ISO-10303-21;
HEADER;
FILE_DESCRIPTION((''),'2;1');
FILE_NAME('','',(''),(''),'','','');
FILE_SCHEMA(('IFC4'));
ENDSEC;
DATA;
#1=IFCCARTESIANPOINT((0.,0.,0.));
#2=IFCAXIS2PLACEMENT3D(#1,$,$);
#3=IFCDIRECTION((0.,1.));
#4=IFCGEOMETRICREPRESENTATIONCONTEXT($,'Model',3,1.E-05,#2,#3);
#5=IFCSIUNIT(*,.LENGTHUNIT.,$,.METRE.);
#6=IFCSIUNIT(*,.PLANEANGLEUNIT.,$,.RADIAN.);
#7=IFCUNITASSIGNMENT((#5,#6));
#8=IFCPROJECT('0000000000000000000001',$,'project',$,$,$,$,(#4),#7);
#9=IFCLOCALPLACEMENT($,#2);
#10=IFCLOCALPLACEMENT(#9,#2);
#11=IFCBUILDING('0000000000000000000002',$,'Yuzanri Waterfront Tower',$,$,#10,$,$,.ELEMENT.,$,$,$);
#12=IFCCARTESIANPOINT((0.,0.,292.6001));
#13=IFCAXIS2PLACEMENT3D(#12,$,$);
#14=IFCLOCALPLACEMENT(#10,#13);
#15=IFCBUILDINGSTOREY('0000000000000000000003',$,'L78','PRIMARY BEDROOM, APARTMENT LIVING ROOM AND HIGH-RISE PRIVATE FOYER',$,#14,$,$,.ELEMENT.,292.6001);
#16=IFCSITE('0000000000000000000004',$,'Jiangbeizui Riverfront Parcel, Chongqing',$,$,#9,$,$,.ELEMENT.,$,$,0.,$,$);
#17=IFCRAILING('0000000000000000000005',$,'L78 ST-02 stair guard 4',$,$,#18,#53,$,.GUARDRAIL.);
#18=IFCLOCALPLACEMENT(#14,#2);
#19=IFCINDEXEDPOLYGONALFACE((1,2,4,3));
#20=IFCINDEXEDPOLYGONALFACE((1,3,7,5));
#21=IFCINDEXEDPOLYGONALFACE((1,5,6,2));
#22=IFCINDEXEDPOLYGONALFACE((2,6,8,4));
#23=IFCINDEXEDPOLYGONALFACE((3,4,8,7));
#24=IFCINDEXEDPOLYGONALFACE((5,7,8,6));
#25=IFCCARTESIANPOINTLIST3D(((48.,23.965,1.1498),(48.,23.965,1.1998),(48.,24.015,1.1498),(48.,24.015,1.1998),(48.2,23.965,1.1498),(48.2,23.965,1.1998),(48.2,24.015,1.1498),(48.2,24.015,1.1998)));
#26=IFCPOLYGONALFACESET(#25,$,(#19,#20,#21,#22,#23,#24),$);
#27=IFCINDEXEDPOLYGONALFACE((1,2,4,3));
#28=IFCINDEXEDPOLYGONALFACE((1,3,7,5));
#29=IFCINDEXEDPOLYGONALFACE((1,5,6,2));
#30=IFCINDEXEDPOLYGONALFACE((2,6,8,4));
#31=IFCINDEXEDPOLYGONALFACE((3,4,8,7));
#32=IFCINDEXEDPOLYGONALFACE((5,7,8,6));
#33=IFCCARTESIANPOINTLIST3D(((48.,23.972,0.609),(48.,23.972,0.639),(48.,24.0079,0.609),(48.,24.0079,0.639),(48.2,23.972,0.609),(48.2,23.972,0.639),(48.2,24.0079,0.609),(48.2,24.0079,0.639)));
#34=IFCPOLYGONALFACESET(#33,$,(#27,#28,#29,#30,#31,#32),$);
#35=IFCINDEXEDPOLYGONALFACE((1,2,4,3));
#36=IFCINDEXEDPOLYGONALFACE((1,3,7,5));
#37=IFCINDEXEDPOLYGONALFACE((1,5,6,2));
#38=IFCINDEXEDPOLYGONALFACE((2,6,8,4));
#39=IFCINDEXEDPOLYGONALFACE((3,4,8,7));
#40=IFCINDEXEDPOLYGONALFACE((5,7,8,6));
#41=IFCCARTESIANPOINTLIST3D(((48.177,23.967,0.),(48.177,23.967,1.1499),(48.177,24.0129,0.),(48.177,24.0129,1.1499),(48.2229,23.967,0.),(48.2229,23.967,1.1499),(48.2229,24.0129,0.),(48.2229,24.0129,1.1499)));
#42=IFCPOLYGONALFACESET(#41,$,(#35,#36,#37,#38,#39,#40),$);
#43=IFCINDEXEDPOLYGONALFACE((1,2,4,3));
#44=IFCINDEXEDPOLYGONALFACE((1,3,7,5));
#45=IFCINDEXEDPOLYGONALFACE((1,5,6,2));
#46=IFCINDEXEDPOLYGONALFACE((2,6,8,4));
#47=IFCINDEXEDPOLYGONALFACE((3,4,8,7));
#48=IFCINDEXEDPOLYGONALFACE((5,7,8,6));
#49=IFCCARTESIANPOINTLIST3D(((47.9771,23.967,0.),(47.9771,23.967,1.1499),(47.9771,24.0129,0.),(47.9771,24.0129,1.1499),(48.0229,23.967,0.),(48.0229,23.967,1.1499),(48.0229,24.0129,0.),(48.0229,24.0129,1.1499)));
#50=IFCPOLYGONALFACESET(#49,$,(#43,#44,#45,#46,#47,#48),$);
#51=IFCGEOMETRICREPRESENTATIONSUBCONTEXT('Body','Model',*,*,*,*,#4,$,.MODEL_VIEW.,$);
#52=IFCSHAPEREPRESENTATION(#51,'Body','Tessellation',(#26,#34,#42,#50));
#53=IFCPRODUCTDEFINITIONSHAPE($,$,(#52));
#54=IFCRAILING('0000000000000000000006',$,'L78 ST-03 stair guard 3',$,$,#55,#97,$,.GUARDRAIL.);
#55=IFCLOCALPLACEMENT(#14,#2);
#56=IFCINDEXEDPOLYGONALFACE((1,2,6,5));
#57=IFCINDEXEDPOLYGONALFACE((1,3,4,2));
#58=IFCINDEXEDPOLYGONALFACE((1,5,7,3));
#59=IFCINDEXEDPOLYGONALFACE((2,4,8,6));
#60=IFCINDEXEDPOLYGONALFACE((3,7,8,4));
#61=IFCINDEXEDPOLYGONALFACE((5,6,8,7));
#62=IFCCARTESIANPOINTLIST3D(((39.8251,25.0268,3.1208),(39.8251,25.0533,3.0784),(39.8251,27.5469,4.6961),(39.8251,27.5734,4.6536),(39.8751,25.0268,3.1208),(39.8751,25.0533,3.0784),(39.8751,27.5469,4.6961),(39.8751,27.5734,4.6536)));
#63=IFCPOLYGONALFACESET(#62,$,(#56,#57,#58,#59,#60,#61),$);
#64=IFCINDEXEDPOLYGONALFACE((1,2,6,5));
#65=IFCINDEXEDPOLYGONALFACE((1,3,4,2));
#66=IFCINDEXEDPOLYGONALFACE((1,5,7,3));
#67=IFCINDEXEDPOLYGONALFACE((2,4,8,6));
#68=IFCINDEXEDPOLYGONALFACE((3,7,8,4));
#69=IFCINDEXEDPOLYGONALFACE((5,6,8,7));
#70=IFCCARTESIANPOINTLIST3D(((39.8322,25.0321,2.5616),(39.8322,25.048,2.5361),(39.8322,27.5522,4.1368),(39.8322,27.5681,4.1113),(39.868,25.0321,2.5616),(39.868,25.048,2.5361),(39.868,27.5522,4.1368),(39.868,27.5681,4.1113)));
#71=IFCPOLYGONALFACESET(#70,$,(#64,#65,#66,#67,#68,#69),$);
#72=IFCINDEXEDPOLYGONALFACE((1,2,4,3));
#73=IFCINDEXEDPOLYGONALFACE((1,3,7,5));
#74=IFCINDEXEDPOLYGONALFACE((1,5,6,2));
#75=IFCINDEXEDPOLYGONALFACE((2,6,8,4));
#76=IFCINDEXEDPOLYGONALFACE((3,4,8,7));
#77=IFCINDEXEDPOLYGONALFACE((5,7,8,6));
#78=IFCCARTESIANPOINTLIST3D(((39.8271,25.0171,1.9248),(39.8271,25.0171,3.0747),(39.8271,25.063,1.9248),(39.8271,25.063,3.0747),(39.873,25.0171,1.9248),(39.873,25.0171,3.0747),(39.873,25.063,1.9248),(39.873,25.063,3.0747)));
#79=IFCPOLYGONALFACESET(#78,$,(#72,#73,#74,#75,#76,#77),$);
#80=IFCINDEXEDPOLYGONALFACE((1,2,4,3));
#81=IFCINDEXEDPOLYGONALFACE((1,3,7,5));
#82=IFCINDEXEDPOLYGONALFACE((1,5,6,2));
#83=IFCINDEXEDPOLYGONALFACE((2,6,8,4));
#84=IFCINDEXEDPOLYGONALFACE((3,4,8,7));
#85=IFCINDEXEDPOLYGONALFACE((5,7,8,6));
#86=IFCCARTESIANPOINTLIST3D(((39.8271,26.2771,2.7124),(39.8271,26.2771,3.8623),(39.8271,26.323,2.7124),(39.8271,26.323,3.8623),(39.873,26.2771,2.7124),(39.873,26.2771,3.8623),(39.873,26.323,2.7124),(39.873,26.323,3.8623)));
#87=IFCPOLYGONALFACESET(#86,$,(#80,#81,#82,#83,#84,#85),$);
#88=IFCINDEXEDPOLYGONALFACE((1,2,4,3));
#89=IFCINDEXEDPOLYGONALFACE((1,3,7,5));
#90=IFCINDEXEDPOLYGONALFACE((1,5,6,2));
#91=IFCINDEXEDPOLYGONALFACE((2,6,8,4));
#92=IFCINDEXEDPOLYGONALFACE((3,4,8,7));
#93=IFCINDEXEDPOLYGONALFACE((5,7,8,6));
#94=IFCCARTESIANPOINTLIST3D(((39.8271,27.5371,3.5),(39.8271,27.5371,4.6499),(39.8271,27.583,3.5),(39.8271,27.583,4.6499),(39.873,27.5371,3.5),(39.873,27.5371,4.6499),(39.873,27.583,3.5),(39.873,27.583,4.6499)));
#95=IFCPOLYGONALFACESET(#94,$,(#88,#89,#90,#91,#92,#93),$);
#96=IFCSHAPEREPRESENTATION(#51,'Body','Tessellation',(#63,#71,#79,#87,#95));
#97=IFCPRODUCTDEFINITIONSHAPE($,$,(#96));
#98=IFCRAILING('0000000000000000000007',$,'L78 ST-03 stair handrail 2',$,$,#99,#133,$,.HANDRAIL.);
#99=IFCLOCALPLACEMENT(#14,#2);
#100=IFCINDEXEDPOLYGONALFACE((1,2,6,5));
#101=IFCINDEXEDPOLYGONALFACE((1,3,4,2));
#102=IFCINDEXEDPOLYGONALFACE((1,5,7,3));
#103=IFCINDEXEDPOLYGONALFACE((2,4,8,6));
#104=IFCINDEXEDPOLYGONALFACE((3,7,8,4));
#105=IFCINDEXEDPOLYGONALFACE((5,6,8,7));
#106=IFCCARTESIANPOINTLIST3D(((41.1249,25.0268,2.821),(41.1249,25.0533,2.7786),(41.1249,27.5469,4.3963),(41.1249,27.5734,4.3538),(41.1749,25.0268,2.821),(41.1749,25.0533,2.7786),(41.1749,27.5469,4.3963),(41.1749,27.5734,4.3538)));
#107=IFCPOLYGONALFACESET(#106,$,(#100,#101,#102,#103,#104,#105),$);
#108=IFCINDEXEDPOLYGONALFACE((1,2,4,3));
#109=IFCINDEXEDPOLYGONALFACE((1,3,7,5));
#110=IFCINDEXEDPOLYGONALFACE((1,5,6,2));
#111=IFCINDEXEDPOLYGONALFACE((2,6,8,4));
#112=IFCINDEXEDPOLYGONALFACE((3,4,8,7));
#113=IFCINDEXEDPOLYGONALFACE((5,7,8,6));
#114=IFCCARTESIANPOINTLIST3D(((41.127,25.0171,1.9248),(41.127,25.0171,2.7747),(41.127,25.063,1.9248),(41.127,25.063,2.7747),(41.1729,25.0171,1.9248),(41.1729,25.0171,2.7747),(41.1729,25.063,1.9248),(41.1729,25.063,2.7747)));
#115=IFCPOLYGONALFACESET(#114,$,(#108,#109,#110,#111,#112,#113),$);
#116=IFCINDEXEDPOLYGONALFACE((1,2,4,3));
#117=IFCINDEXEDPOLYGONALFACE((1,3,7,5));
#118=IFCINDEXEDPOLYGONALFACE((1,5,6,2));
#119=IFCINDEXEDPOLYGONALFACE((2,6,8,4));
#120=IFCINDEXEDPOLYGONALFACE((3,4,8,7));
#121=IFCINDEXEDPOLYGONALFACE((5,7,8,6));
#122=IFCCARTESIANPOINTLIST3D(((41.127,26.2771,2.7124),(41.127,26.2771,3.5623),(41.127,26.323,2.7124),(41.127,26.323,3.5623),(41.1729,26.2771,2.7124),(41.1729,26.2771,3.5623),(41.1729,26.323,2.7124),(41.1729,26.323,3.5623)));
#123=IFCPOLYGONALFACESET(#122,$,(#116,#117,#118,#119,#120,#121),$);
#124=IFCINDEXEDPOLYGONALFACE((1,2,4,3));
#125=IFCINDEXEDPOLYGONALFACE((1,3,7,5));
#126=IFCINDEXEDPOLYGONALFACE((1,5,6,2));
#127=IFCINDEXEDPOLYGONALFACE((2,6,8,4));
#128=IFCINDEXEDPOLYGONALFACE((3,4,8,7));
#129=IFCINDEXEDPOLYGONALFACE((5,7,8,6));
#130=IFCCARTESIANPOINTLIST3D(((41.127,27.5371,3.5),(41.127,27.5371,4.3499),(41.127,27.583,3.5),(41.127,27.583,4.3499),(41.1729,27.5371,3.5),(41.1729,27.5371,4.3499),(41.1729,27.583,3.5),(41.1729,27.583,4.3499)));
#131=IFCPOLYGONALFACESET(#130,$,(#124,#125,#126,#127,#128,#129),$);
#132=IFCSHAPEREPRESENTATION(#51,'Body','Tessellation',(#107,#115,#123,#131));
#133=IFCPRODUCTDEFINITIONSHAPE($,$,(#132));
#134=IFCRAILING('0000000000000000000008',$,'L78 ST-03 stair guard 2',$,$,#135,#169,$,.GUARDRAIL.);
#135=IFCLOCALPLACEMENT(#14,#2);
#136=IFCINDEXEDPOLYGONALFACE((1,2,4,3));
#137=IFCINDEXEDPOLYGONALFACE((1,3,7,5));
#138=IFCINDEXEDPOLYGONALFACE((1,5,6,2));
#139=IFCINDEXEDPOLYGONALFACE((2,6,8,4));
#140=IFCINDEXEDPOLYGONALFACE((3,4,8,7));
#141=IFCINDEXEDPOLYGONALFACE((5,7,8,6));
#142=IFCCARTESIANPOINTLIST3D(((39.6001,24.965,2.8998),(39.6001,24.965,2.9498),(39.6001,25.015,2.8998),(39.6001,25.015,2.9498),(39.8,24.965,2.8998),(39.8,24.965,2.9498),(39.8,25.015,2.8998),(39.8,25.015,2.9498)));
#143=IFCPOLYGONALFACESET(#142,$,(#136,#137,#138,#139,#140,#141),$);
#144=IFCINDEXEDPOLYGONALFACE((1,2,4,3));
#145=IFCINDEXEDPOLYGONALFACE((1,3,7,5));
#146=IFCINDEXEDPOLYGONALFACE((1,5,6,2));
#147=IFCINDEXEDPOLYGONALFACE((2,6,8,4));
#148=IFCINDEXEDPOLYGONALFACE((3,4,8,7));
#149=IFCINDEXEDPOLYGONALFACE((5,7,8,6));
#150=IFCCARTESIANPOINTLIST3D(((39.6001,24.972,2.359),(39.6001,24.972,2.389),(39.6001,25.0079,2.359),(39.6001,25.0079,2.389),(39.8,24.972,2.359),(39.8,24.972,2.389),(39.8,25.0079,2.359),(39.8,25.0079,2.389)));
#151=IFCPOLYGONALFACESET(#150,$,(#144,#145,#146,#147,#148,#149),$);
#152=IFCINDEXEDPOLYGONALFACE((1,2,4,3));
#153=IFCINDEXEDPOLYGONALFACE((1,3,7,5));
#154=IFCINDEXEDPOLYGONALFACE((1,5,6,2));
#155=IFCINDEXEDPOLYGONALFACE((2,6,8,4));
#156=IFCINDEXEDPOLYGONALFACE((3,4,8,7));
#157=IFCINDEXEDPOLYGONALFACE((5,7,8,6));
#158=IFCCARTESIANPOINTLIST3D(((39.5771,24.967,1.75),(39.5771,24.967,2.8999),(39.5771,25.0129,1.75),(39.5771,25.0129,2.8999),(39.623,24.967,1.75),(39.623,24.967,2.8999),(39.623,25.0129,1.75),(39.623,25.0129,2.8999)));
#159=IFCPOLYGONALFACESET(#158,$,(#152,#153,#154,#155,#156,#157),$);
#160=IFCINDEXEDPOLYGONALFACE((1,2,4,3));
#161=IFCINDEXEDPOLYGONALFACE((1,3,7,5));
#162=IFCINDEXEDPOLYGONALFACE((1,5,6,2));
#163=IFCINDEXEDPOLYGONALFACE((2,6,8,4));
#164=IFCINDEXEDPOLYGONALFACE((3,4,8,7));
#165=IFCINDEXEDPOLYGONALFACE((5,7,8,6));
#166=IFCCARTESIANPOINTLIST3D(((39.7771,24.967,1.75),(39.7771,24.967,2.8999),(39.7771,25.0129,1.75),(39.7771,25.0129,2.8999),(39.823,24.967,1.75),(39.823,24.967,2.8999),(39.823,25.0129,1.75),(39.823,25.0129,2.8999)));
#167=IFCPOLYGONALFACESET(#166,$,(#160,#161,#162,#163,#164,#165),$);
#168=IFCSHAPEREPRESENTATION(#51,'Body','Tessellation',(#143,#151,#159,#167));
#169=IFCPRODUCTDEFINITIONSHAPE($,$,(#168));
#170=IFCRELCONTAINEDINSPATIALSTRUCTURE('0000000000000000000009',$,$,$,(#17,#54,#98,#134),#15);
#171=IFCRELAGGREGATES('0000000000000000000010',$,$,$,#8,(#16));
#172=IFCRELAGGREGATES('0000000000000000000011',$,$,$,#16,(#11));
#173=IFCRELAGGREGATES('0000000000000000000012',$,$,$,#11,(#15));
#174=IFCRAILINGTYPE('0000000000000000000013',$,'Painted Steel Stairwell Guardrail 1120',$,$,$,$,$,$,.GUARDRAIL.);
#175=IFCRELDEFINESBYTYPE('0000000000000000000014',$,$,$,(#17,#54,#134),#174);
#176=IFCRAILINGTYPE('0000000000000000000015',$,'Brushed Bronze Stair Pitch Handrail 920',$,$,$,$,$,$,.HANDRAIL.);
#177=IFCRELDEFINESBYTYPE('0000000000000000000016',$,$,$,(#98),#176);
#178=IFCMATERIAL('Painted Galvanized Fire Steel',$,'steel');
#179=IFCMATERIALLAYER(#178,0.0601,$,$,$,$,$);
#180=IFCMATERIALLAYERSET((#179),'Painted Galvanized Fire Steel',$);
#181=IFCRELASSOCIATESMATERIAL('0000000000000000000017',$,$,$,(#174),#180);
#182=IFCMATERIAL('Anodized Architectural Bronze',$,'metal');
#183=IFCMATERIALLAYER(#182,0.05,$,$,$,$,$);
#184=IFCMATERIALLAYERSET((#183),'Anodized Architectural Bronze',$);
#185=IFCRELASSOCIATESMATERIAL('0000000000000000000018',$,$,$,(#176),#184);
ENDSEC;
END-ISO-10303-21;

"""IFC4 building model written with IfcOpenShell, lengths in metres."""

from ifc_helpers import new_model, si_unit, direction, frame, origin, origin_2d, place, context, subcontext, project, spatial, rectangle, extrude, source, transform, mapped, material, layer, layer_set, type_object, element, save


model = new_model("IFC4")

# Units and contexts
model_context = context("Model", 3, precision=1e-05, world=origin(), true_north=direction((0.0, 1.0)))
body_context = subcontext(model_context, "Body", "Model", "MODEL_VIEW")
ifc_project = project(units=[si_unit("LENGTHUNIT", "METRE"), si_unit("PLANEANGLEUNIT", "RADIAN")], contexts=[model_context])

# Site, building, storey
site_placement = place(None, origin())
site = spatial("IfcSite", under=ifc_project, at=site_placement, Name="Jiangbeizui Riverfront Parcel, Chongqing", CompositionType="ELEMENT", RefElevation=0.0)
building_placement = place(site_placement, origin())
building = spatial("IfcBuilding", under=site, at=building_placement, Name="Yuzanri Waterfront Tower", CompositionType="ELEMENT")
storey_placement = place(building_placement, frame((0.0, 0.0, 292.6001)))
storey = spatial("IfcBuildingStorey", under=building, at=storey_placement, Name="L78", Description="PRIMARY BEDROOM, APARTMENT LIVING ROOM AND HIGH-RISE PRIVATE FOYER", CompositionType="ELEMENT", Elevation=292.6001)

# Railings
ifc_material_1 = material(Name="Painted Galvanized Fire Steel", Category="steel")
ifc_layer_1 = layer(ifc_material_1, 0.0601)
ifc_layer_set_1 = layer_set([ifc_layer_1], Name="Painted Galvanized Fire Steel")
railing_type_1 = type_object("IfcRailingType", Name="Painted Steel Stairwell Guardrail 1120", PredefinedType="GUARDRAIL", material=ifc_layer_set_1)
shared_shape_1 = source(origin(), body_context, "Body", "SweptSolid", [
    extrude(rectangle(XDim=0.05, YDim=0.05, at=origin_2d()), frame((0.0, 0.0, 1.1748), z_axis=(-1.0, 0.0, 0.0), x_axis=(0.0, -1.0, 0.0)), (0.0, 0.0, 1.0), 0.2),
    extrude(rectangle(XDim=0.0359, YDim=0.03, at=origin_2d()), frame((0.0, 0.0, 0.624), z_axis=(-1.0, 0.0, 0.0), x_axis=(0.0, -1.0, 0.0)), (0.0, 0.0, 1.0), 0.2),
    extrude(rectangle(XDim=0.0459, YDim=0.0459, at=origin_2d()), origin(), (0.0, 0.0, 1.0), 1.1499),
    extrude(rectangle(XDim=0.0459, YDim=0.0459, at=origin_2d()), frame((-0.2, 0.0, 0.0)), (0.0, 0.0, 1.0), 1.1499),
])
railing_1_placement = place(storey_placement, frame((48.2, 23.99, 0.0)))
element("IfcRailing", 1, at=railing_1_placement, inside=storey, type_object=railing_type_1, Name="L78 ST-02 stair guard 4", PredefinedType="GUARDRAIL", context=body_context, shape_type="MappedRepresentation", body=[
    mapped(shared_shape_1, transform((0.0, 0.0, 0.0), scale=1.0)),
])
shared_shape_2 = source(origin(), body_context, "Body", "SweptSolid", [
    extrude(rectangle(XDim=0.05, YDim=0.05, at=origin_2d()), frame((0.0, 0.0, 1.1748), z_axis=(0.0, 0.847971, 0.530043), x_axis=(-1.0, 0.0, 0.0)), (0.0, 0.0, 1.0), 2.9719),
    extrude(rectangle(XDim=0.0359, YDim=0.03, at=origin_2d()), frame((0.0, 0.0, 0.624), z_axis=(0.0, 0.847971, 0.530043), x_axis=(-1.0, 0.0, 0.0)), (0.0, 0.0, 1.0), 2.9719),
    extrude(rectangle(XDim=0.0459, YDim=0.0459, at=origin_2d()), origin(), (0.0, 0.0, 1.0), 1.1499),
    extrude(rectangle(XDim=0.0459, YDim=0.0459, at=origin_2d()), frame((0.0, 1.26, 0.7876)), (0.0, 0.0, 1.0), 1.1499),
    extrude(rectangle(XDim=0.0459, YDim=0.0459, at=origin_2d()), frame((0.0, 2.52, 1.5752)), (0.0, 0.0, 1.0), 1.1499),
])
railing_2_placement = place(storey_placement, frame((39.8501, 25.04, 1.9248)))
element("IfcRailing", 2, at=railing_2_placement, inside=storey, type_object=railing_type_1, Name="L78 ST-03 stair guard 3", PredefinedType="GUARDRAIL", context=body_context, shape_type="MappedRepresentation", body=[
    mapped(shared_shape_2, transform((0.0, 0.0, 0.0), scale=1.0)),
])
ifc_material_2 = material(Name="Anodized Architectural Bronze", Category="metal")
ifc_layer_2 = layer(ifc_material_2, 0.05)
ifc_layer_set_2 = layer_set([ifc_layer_2], Name="Anodized Architectural Bronze")
railing_type_2 = type_object("IfcRailingType", Name="Brushed Bronze Stair Pitch Handrail 920", PredefinedType="HANDRAIL", material=ifc_layer_set_2)
shared_shape_3 = source(origin(), body_context, "Body", "SweptSolid", [
    extrude(rectangle(XDim=0.05, YDim=0.05, at=origin_2d()), frame((0.0, 0.0, 0.875), z_axis=(0.0, 0.847971, 0.530043), x_axis=(-1.0, 0.0, 0.0)), (0.0, 0.0, 1.0), 2.9719),
    extrude(rectangle(XDim=0.0459, YDim=0.0459, at=origin_2d()), origin(), (0.0, 0.0, 1.0), 0.8499),
    extrude(rectangle(XDim=0.0459, YDim=0.0459, at=origin_2d()), frame((0.0, 1.26, 0.7876)), (0.0, 0.0, 1.0), 0.8499),
    extrude(rectangle(XDim=0.0459, YDim=0.0459, at=origin_2d()), frame((0.0, 2.52, 1.5752)), (0.0, 0.0, 1.0), 0.8499),
])
railing_3_placement = place(storey_placement, frame((41.1499, 25.04, 1.9248)))
element("IfcRailing", 3, at=railing_3_placement, inside=storey, type_object=railing_type_2, Name="L78 ST-03 stair handrail 2", PredefinedType="HANDRAIL", context=body_context, shape_type="MappedRepresentation", body=[
    mapped(shared_shape_3, transform((0.0, 0.0, 0.0), scale=1.0)),
])
shared_shape_4 = source(origin(), body_context, "Body", "SweptSolid", [
    extrude(rectangle(XDim=0.05, YDim=0.05, at=origin_2d()), frame((0.0, 0.0, 1.1748), z_axis=(1.0, 0.0, 0.0), x_axis=(0.0, 1.0, 0.0)), (0.0, 0.0, 1.0), 0.2),
    extrude(rectangle(XDim=0.0359, YDim=0.03, at=origin_2d()), frame((0.0, 0.0, 0.624), z_axis=(1.0, 0.0, 0.0), x_axis=(0.0, 1.0, 0.0)), (0.0, 0.0, 1.0), 0.2),
    extrude(rectangle(XDim=0.0459, YDim=0.0459, at=origin_2d()), origin(), (0.0, 0.0, 1.0), 1.1499),
    extrude(rectangle(XDim=0.0459, YDim=0.0459, at=origin_2d()), frame((0.2, 0.0, 0.0)), (0.0, 0.0, 1.0), 1.1499),
])
railing_4_placement = place(storey_placement, frame((39.6001, 24.99, 1.75)))
element("IfcRailing", 4, at=railing_4_placement, inside=storey, type_object=railing_type_1, Name="L78 ST-03 stair guard 2", PredefinedType="GUARDRAIL", context=body_context, shape_type="MappedRepresentation", body=[
    mapped(shared_shape_4, transform((0.0, 0.0, 0.0), scale=1.0)),
])

save(model, "model.ifc")
